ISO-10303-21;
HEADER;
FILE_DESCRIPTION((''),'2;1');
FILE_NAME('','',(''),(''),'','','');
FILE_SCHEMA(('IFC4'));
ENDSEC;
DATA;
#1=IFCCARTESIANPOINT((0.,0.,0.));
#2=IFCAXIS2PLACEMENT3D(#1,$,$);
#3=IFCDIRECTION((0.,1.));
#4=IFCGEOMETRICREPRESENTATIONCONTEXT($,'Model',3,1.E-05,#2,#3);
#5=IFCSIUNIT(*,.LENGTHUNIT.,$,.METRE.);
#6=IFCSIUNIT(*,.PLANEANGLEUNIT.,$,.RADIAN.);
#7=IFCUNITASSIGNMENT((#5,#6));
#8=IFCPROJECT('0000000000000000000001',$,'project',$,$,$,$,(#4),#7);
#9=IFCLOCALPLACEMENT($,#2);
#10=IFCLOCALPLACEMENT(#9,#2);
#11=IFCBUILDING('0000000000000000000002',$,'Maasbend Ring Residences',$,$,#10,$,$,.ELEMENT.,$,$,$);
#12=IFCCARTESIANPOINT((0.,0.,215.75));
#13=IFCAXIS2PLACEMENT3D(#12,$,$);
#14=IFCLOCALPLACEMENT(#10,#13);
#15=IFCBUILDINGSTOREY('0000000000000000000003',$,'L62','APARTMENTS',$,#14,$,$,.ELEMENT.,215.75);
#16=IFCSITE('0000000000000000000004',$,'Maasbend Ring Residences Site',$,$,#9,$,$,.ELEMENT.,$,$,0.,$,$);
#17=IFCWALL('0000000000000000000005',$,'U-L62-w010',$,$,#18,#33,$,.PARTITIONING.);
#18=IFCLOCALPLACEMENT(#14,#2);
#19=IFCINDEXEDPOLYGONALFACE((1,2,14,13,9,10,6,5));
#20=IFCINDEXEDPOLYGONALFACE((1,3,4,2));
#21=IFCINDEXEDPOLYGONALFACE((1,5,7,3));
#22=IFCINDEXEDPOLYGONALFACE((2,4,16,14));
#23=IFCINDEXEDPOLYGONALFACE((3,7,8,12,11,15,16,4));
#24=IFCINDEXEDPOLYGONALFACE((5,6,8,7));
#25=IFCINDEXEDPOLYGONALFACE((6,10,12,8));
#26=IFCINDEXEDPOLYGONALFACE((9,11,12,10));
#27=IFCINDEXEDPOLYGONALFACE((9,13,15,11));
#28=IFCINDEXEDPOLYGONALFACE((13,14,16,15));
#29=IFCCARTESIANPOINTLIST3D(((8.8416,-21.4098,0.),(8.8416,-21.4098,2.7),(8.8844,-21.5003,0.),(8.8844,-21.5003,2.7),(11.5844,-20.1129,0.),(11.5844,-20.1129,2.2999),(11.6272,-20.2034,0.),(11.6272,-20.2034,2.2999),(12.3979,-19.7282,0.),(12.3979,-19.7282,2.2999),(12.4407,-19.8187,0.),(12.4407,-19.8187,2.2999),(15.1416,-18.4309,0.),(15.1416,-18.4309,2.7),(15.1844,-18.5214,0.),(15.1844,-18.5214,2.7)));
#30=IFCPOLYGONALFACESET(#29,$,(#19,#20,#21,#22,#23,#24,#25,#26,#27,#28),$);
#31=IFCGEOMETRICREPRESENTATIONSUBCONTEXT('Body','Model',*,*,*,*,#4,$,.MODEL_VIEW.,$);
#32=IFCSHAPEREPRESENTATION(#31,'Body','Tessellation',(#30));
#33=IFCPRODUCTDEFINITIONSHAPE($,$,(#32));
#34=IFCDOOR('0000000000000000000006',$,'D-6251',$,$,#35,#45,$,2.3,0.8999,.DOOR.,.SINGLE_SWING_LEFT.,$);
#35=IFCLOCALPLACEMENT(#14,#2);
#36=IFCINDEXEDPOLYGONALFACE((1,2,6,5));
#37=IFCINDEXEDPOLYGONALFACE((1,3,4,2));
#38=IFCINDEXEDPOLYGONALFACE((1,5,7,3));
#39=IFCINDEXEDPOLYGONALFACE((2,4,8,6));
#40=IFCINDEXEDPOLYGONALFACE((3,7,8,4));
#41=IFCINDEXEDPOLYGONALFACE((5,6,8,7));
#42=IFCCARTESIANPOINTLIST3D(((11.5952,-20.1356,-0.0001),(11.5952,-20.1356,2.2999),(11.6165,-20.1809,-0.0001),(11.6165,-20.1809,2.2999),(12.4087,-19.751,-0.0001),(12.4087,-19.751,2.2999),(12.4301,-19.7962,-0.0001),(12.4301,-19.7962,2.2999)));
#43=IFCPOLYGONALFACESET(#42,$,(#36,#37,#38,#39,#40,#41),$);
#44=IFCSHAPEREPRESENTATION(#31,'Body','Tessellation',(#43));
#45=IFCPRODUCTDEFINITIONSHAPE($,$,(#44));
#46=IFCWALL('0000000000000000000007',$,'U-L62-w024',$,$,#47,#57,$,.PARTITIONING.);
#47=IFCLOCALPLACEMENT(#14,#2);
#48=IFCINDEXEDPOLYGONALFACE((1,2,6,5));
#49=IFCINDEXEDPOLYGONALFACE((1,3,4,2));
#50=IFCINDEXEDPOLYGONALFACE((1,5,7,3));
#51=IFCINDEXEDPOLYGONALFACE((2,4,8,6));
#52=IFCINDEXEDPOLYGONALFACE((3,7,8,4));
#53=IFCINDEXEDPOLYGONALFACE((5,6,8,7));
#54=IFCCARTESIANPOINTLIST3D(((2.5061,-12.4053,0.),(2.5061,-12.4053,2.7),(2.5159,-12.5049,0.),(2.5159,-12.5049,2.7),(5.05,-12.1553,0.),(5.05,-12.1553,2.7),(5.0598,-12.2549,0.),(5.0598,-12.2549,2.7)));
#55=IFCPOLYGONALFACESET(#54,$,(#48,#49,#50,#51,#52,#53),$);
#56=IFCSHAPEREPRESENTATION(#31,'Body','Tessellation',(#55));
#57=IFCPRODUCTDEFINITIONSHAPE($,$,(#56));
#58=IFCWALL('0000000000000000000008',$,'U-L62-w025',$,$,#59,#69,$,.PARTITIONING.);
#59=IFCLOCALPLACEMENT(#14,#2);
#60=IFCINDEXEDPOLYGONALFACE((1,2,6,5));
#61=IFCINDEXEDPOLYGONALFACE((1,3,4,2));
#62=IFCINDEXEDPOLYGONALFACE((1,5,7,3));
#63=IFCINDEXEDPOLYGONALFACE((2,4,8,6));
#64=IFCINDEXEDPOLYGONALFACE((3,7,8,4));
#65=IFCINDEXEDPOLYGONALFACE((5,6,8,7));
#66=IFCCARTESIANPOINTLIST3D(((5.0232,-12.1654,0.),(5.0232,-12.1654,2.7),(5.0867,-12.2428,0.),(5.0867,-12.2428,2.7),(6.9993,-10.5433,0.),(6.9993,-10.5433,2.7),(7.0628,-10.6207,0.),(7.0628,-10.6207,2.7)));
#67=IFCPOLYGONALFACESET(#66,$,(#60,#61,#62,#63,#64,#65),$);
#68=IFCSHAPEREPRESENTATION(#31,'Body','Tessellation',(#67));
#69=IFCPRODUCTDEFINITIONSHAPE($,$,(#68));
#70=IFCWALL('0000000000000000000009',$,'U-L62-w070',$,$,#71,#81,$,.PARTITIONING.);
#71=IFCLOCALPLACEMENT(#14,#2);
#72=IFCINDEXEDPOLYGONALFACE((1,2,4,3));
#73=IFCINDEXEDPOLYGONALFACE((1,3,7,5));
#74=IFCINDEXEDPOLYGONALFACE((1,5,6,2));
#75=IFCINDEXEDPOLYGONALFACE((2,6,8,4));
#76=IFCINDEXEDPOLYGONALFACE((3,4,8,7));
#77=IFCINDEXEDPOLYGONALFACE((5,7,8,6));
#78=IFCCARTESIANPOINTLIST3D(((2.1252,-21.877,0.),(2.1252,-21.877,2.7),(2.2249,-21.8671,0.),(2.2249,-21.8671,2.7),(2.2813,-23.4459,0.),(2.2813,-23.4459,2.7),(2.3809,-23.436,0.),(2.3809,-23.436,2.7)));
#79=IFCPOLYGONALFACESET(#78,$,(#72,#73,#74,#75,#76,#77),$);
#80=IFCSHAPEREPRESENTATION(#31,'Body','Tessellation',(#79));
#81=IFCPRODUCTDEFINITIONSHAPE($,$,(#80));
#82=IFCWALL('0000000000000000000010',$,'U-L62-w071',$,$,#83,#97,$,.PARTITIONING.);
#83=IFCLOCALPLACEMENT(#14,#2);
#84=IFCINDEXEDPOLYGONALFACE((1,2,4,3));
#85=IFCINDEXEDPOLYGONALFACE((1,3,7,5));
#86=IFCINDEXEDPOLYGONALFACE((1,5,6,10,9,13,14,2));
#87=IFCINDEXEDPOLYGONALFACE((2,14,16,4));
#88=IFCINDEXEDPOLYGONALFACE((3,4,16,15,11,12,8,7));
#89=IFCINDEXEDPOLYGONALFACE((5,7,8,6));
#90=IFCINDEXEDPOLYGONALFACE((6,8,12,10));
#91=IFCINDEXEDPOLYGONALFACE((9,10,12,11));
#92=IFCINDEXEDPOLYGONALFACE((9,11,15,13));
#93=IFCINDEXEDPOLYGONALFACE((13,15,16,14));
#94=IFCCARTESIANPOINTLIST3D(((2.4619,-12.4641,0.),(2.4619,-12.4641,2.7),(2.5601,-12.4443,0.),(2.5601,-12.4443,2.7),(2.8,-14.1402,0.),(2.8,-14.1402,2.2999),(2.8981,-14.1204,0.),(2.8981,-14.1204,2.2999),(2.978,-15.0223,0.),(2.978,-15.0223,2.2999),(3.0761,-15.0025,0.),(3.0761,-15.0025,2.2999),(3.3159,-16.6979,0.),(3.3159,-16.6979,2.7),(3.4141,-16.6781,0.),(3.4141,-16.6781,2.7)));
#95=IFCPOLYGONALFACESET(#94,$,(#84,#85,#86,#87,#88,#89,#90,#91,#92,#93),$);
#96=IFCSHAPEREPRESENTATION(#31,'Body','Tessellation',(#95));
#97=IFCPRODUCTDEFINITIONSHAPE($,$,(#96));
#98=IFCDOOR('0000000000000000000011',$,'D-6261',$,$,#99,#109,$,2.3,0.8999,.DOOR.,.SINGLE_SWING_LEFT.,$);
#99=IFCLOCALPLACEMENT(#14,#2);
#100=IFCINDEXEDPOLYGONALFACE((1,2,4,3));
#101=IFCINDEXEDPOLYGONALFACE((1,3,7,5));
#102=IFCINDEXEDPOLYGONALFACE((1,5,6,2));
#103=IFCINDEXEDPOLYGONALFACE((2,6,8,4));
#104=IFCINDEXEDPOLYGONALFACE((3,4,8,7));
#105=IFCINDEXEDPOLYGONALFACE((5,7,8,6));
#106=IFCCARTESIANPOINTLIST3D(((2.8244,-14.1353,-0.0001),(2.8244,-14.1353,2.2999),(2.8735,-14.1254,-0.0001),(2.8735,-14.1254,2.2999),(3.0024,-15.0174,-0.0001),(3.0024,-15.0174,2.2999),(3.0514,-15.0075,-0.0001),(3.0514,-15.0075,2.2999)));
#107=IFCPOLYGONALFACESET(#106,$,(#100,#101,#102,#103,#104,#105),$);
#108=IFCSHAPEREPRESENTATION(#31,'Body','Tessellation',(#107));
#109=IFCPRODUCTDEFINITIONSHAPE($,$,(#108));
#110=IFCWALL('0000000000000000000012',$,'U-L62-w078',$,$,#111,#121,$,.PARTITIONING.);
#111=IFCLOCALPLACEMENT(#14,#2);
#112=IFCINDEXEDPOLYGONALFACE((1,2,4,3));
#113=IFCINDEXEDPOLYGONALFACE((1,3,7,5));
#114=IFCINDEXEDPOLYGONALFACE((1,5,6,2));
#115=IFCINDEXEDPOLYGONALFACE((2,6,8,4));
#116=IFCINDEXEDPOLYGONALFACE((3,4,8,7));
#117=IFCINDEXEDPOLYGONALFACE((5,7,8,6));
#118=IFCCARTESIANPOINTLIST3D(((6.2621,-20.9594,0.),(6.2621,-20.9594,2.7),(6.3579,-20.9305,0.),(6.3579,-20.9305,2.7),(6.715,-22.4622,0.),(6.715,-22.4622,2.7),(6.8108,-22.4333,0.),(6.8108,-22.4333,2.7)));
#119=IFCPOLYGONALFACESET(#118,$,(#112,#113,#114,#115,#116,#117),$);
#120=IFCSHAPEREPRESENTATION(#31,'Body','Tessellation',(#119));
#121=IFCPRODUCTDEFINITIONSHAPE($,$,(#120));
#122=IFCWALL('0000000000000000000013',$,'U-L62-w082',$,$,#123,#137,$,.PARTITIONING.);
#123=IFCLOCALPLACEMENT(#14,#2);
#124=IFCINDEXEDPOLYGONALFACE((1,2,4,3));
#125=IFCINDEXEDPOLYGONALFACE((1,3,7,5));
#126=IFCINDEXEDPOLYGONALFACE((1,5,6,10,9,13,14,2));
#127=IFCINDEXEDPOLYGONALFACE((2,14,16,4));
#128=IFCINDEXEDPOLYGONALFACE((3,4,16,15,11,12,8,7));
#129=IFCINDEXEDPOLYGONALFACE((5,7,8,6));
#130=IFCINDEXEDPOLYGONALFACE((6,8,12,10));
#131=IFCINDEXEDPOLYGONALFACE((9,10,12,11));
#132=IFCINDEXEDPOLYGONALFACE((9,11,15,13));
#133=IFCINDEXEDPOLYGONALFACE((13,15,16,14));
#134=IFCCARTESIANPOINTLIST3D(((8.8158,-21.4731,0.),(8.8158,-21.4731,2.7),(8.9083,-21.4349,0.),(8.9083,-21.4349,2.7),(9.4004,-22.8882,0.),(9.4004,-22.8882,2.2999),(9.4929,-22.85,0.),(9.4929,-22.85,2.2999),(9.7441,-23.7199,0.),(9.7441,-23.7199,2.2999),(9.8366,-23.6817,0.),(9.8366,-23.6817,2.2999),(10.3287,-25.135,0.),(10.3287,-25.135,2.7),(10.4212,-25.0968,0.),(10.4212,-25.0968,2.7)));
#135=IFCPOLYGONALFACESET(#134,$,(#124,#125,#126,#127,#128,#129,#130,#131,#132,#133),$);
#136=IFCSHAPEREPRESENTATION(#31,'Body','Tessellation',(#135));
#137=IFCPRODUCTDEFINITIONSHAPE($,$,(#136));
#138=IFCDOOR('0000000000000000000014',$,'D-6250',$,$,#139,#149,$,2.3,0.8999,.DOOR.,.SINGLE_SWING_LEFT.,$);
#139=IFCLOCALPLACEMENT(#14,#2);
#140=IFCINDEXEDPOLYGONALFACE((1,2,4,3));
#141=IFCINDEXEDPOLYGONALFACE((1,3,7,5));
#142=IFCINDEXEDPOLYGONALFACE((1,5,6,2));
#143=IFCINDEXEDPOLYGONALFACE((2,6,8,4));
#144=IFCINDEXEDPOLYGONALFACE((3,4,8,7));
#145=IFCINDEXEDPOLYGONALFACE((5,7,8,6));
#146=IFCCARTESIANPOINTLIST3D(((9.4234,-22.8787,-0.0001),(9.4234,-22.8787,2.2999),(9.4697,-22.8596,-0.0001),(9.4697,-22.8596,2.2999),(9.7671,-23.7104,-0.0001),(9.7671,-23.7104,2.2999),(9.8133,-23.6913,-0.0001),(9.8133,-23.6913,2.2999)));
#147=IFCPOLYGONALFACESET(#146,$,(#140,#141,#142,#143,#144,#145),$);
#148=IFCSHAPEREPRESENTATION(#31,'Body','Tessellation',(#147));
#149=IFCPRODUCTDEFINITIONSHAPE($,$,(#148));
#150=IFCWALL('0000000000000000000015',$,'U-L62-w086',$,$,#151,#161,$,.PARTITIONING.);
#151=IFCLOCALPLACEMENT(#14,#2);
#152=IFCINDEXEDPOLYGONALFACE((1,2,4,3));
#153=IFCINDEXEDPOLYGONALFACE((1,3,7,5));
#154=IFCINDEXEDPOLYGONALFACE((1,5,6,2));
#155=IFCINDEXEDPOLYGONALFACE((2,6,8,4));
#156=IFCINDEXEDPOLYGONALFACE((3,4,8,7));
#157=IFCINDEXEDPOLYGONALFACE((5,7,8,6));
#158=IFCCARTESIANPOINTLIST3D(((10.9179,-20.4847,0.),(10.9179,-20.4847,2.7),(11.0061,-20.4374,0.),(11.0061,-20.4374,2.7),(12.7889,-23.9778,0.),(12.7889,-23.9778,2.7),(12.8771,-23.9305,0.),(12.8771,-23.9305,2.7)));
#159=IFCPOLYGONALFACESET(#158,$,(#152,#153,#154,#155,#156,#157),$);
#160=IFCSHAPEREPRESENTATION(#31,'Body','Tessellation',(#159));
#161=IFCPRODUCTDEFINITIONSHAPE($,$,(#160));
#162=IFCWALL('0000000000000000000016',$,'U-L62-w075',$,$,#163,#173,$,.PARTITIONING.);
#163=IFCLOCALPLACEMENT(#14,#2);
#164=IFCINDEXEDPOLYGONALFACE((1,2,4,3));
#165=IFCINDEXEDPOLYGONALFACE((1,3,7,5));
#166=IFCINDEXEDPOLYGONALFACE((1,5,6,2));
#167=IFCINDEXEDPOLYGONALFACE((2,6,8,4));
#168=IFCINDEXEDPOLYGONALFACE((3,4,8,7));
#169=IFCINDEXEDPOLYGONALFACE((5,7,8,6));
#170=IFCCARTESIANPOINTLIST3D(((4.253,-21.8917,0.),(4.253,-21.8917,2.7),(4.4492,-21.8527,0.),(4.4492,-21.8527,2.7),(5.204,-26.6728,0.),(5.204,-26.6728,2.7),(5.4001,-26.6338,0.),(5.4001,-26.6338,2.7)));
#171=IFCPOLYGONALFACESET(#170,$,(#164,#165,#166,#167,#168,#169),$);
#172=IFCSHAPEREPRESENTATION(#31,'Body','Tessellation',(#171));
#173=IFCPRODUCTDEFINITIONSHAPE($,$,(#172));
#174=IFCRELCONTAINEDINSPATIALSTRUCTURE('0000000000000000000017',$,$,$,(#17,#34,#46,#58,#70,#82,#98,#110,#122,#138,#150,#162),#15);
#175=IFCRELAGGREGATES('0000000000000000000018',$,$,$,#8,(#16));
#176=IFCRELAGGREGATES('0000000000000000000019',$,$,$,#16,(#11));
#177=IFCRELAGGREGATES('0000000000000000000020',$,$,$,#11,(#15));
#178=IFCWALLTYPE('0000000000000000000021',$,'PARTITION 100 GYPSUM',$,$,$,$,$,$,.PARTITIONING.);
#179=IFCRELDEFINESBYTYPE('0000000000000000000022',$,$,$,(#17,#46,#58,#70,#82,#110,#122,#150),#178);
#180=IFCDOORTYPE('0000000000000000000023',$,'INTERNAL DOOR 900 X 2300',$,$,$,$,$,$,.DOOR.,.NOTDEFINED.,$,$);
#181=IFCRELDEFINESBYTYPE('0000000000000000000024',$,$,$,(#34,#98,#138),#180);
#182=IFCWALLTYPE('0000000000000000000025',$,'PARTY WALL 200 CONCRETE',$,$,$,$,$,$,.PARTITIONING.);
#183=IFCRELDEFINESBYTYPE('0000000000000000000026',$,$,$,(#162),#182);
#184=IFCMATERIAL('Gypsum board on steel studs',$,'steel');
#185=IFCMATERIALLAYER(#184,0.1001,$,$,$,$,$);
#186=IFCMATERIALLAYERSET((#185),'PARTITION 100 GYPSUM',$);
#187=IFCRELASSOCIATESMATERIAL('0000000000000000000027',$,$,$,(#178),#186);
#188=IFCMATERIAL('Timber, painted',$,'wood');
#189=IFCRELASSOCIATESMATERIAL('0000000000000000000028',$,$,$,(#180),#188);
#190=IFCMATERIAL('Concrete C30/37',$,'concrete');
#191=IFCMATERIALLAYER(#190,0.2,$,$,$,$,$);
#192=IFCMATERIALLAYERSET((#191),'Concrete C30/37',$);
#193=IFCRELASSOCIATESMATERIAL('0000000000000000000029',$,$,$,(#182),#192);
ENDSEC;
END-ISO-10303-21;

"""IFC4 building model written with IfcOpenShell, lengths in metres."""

from ifc_helpers import new_model, si_unit, direction, frame, frame_2d, origin, place, context, subcontext, project, spatial, rectangle, extrude, material, layer, layer_set, type_object, element, fill, save


model = new_model("IFC4")

# Units and contexts
model_context = context("Model", 3, precision=1e-05, world=origin(), true_north=direction((0.0, 1.0)))
body_context = subcontext(model_context, "Body", "Model", "MODEL_VIEW")
ifc_project = project(units=[si_unit("LENGTHUNIT", "METRE"), si_unit("PLANEANGLEUNIT", "RADIAN")], contexts=[model_context])

# Site, building, storey
site_placement = place(None, origin())
site = spatial("IfcSite", under=ifc_project, at=site_placement, Name="Maasbend Ring Residences Site", CompositionType="ELEMENT", RefElevation=0.0)
building_placement = place(site_placement, origin())
building = spatial("IfcBuilding", under=site, at=building_placement, Name="Maasbend Ring Residences", CompositionType="ELEMENT")
storey_placement = place(building_placement, frame((0.0, 0.0, 215.75)))
storey = spatial("IfcBuildingStorey", under=building, at=storey_placement, Name="L62", Description="APARTMENTS", CompositionType="ELEMENT", Elevation=215.75)

# Wall, opening, door
ifc_material_1 = material(Name="Gypsum board on steel studs", Category="steel")
ifc_layer_1 = layer(ifc_material_1, 0.1001)
ifc_layer_set_1 = layer_set([ifc_layer_1], Name="PARTITION 100 GYPSUM")
wall_type_1 = type_object("IfcWallType", Name="PARTITION 100 GYPSUM", PredefinedType="PARTITIONING", material=ifc_layer_set_1)
wall_1_placement = place(storey_placement, frame((8.863, -21.4551, 0.0), z_axis=(0.0, 0.0, 1.0), x_axis=(0.904028, 0.427473, 0.0)))
wall_1 = element("IfcWall", 1, at=wall_1_placement, inside=storey, type_object=wall_type_1, Name="U-L62-w010", PredefinedType="PARTITIONING", context=body_context, shape_type="SweptSolid", body=[
    extrude(rectangle(XDim=6.9688, YDim=0.1001, at=frame_2d((3.4844, 0.0))), origin(), (0.0, 0.0, 1.0), 2.7),
])
opening_1_placement = place(wall_1_placement, frame((3.0339, 0.0, 0.0)))
opening_1 = element("IfcOpeningElement", 2, at=opening_1_placement, cuts=wall_1, PredefinedType="OPENING", context=body_context, shape_type="SweptSolid", body=[
    extrude(rectangle(XDim=0.8999, YDim=2.3, at=frame_2d((0.45, 1.1499))), frame((0.0, 0.0601, 0.0), z_axis=(0.0, -1.0, 0.0), x_axis=(1.0, 0.0, 0.0)), (0.0, 0.0, 1.0), 0.1201),
])
ifc_material_2 = material(Name="Timber, painted", Category="wood")
door_type_1 = type_object("IfcDoorType", Name="INTERNAL DOOR 900 X 2300", OperationType="NOTDEFINED", PredefinedType="DOOR", material=ifc_material_2)
door_1_placement = place(opening_1_placement, origin())
door_1 = element("IfcDoor", 3, at=door_1_placement, inside=storey, type_object=door_type_1, Name="D-6251", OperationType="SINGLE_SWING_LEFT", OverallHeight=2.3, OverallWidth=0.8999, PredefinedType="DOOR", context=body_context, shape_type="SweptSolid", body=[
    extrude(rectangle(XDim=0.8999, YDim=2.3, at=frame_2d((0.45, 1.1499))), frame((0.0, 0.0249, 0.0), z_axis=(0.0, -1.0, 0.0), x_axis=(1.0, 0.0, 0.0)), (0.0, 0.0, 1.0), 0.05),
])
fill(opening_1, door_1)

# Walls
wall_2_placement = place(storey_placement, frame((2.511, -12.4551, 0.0), z_axis=(0.0, 0.0, 1.0), x_axis=(0.995206, 0.097801, 0.0)))
element("IfcWall", 4, at=wall_2_placement, inside=storey, type_object=wall_type_1, Name="U-L62-w024", PredefinedType="PARTITIONING", context=body_context, shape_type="SweptSolid", body=[
    extrude(rectangle(XDim=2.5562, YDim=0.1001, at=frame_2d((1.2781, 0.0))), origin(), (0.0, 0.0, 1.0), 2.7),
])
wall_3_placement = place(storey_placement, frame((5.0549, -12.2041, 0.0), z_axis=(0.0, 0.0, 1.0), x_axis=(0.772944, 0.634475, 0.0)))
element("IfcWall", 5, at=wall_3_placement, inside=storey, type_object=wall_type_1, Name="U-L62-w025", PredefinedType="PARTITIONING", context=body_context, shape_type="SweptSolid", body=[
    extrude(rectangle(XDim=2.5566, YDim=0.1001, at=frame_2d((1.2783, 0.0))), origin(), (0.0, 0.0, 1.0), 2.7),
])
wall_4_placement = place(storey_placement, frame((2.175, -21.8721, 0.0), z_axis=(0.0, 0.0, 1.0), x_axis=(0.098952, -0.995092, 0.0)))
element("IfcWall", 6, at=wall_4_placement, inside=storey, type_object=wall_type_1, Name="U-L62-w070", PredefinedType="PARTITIONING", context=body_context, shape_type="SweptSolid", body=[
    extrude(rectangle(XDim=1.5767, YDim=0.1001, at=frame_2d((0.7883, 0.0))), origin(), (0.0, 0.0, 1.0), 2.7),
])

# Wall, opening, door
wall_5_placement = place(storey_placement, frame((2.511, -12.4541, 0.0), z_axis=(0.0, 0.0, 1.0), x_axis=(0.197725, -0.980258, 0.0)))
wall_5 = element("IfcWall", 7, at=wall_5_placement, inside=storey, type_object=wall_type_1, Name="U-L62-w071", PredefinedType="PARTITIONING", context=body_context, shape_type="SweptSolid", body=[
    extrude(rectangle(XDim=4.3191, YDim=0.1001, at=frame_2d((2.1597, 0.0))), origin(), (0.0, 0.0, 1.0), 2.7),
])
opening_2_placement = place(wall_5_placement, frame((1.71, 0.0, 0.0)))
opening_2 = element("IfcOpeningElement", 8, at=opening_2_placement, cuts=wall_5, PredefinedType="OPENING", context=body_context, shape_type="SweptSolid", body=[
    extrude(rectangle(XDim=0.8999, YDim=2.3, at=frame_2d((0.45, 1.1499))), frame((0.0, 0.0601, 0.0), z_axis=(0.0, -1.0, 0.0), x_axis=(1.0, 0.0, 0.0)), (0.0, 0.0, 1.0), 0.1201),
])
door_2_placement = place(opening_2_placement, origin())
door_2 = element("IfcDoor", 9, at=door_2_placement, inside=storey, type_object=door_type_1, Name="D-6261", OperationType="SINGLE_SWING_LEFT", OverallHeight=2.3, OverallWidth=0.8999, PredefinedType="DOOR", context=body_context, shape_type="SweptSolid", body=[
    extrude(rectangle(XDim=0.8999, YDim=2.3, at=frame_2d((0.45, 1.1499))), frame((0.0, 0.0249, 0.0), z_axis=(0.0, -1.0, 0.0), x_axis=(1.0, 0.0, 0.0)), (0.0, 0.0, 1.0), 0.05),
])
fill(opening_2, door_2)

# Wall
wall_6_placement = place(storey_placement, frame((6.3101, -20.9451, 0.0), z_axis=(0.0, 0.0, 1.0), x_axis=(0.288518, -0.957475, 0.0)))
element("IfcWall", 10, at=wall_6_placement, inside=storey, type_object=wall_type_1, Name="U-L62-w078", PredefinedType="PARTITIONING", context=body_context, shape_type="SweptSolid", body=[
    extrude(rectangle(XDim=1.5696, YDim=0.1001, at=frame_2d((0.7847, 0.0))), origin(), (0.0, 0.0, 1.0), 2.7),
])

# Wall, opening, door
wall_7_placement = place(storey_placement, frame((8.8621, -21.4541, 0.0), z_axis=(0.0, 0.0, 1.0), x_axis=(0.381853, -0.924223, 0.0)))
wall_7 = element("IfcWall", 11, at=wall_7_placement, inside=storey, type_object=wall_type_1, Name="U-L62-w082", PredefinedType="PARTITIONING", context=body_context, shape_type="SweptSolid", body=[
    extrude(rectangle(XDim=3.9622, YDim=0.1001, at=frame_2d((1.981, 0.0))), origin(), (0.0, 0.0, 1.0), 2.7),
])
opening_3_placement = place(wall_7_placement, frame((1.531, 0.0, 0.0)))
opening_3 = element("IfcOpeningElement", 12, at=opening_3_placement, cuts=wall_7, PredefinedType="OPENING", context=body_context, shape_type="SweptSolid", body=[
    extrude(rectangle(XDim=0.8999, YDim=2.3, at=frame_2d((0.45, 1.1499))), frame((0.0, 0.0601, 0.0), z_axis=(0.0, -1.0, 0.0), x_axis=(1.0, 0.0, 0.0)), (0.0, 0.0, 1.0), 0.1201),
])
door_3_placement = place(opening_3_placement, origin())
door_3 = element("IfcDoor", 13, at=door_3_placement, inside=storey, type_object=door_type_1, Name="D-6250", OperationType="SINGLE_SWING_LEFT", OverallHeight=2.3, OverallWidth=0.8999, PredefinedType="DOOR", context=body_context, shape_type="SweptSolid", body=[
    extrude(rectangle(XDim=0.8999, YDim=2.3, at=frame_2d((0.45, 1.1499))), frame((0.0, 0.0249, 0.0), z_axis=(0.0, -1.0, 0.0), x_axis=(1.0, 0.0, 0.0)), (0.0, 0.0, 1.0), 0.05),
])
fill(opening_3, door_3)

# Walls
wall_8_placement = place(storey_placement, frame((10.9619, -20.4609, 0.0), z_axis=(0.0, 0.0, 1.0), x_axis=(0.472174, -0.881506, 0.0)))
element("IfcWall", 14, at=wall_8_placement, inside=storey, type_object=wall_type_1, Name="U-L62-w086", PredefinedType="PARTITIONING", context=body_context, shape_type="SweptSolid", body=[
    extrude(rectangle(XDim=3.9626, YDim=0.1001, at=frame_2d((1.9814, 0.0))), origin(), (0.0, 0.0, 1.0), 2.7),
])
ifc_material_3 = material(Name="Concrete C30/37", Category="concrete")
ifc_layer_2 = layer(ifc_material_3, 0.2)
ifc_layer_set_2 = layer_set([ifc_layer_2], Name="Concrete C30/37")
wall_type_2 = type_object("IfcWallType", Name="PARTY WALL 200 CONCRETE", PredefinedType="PARTITIONING", material=ifc_layer_set_2)
wall_9_placement = place(storey_placement, frame((4.3511, -21.8721, 0.0), z_axis=(0.0, 0.0, 1.0), x_axis=(0.195076, -0.980788, 0.0)))
element("IfcWall", 15, at=wall_9_placement, inside=storey, type_object=wall_type_2, Name="U-L62-w075", PredefinedType="PARTITIONING", context=body_context, shape_type="SweptSolid", body=[
    extrude(rectangle(XDim=4.8748, YDim=0.2, at=frame_2d((2.4375, 0.0))), origin(), (0.0, 0.0, 1.0), 2.7),
])

save(model, "model.ifc")
